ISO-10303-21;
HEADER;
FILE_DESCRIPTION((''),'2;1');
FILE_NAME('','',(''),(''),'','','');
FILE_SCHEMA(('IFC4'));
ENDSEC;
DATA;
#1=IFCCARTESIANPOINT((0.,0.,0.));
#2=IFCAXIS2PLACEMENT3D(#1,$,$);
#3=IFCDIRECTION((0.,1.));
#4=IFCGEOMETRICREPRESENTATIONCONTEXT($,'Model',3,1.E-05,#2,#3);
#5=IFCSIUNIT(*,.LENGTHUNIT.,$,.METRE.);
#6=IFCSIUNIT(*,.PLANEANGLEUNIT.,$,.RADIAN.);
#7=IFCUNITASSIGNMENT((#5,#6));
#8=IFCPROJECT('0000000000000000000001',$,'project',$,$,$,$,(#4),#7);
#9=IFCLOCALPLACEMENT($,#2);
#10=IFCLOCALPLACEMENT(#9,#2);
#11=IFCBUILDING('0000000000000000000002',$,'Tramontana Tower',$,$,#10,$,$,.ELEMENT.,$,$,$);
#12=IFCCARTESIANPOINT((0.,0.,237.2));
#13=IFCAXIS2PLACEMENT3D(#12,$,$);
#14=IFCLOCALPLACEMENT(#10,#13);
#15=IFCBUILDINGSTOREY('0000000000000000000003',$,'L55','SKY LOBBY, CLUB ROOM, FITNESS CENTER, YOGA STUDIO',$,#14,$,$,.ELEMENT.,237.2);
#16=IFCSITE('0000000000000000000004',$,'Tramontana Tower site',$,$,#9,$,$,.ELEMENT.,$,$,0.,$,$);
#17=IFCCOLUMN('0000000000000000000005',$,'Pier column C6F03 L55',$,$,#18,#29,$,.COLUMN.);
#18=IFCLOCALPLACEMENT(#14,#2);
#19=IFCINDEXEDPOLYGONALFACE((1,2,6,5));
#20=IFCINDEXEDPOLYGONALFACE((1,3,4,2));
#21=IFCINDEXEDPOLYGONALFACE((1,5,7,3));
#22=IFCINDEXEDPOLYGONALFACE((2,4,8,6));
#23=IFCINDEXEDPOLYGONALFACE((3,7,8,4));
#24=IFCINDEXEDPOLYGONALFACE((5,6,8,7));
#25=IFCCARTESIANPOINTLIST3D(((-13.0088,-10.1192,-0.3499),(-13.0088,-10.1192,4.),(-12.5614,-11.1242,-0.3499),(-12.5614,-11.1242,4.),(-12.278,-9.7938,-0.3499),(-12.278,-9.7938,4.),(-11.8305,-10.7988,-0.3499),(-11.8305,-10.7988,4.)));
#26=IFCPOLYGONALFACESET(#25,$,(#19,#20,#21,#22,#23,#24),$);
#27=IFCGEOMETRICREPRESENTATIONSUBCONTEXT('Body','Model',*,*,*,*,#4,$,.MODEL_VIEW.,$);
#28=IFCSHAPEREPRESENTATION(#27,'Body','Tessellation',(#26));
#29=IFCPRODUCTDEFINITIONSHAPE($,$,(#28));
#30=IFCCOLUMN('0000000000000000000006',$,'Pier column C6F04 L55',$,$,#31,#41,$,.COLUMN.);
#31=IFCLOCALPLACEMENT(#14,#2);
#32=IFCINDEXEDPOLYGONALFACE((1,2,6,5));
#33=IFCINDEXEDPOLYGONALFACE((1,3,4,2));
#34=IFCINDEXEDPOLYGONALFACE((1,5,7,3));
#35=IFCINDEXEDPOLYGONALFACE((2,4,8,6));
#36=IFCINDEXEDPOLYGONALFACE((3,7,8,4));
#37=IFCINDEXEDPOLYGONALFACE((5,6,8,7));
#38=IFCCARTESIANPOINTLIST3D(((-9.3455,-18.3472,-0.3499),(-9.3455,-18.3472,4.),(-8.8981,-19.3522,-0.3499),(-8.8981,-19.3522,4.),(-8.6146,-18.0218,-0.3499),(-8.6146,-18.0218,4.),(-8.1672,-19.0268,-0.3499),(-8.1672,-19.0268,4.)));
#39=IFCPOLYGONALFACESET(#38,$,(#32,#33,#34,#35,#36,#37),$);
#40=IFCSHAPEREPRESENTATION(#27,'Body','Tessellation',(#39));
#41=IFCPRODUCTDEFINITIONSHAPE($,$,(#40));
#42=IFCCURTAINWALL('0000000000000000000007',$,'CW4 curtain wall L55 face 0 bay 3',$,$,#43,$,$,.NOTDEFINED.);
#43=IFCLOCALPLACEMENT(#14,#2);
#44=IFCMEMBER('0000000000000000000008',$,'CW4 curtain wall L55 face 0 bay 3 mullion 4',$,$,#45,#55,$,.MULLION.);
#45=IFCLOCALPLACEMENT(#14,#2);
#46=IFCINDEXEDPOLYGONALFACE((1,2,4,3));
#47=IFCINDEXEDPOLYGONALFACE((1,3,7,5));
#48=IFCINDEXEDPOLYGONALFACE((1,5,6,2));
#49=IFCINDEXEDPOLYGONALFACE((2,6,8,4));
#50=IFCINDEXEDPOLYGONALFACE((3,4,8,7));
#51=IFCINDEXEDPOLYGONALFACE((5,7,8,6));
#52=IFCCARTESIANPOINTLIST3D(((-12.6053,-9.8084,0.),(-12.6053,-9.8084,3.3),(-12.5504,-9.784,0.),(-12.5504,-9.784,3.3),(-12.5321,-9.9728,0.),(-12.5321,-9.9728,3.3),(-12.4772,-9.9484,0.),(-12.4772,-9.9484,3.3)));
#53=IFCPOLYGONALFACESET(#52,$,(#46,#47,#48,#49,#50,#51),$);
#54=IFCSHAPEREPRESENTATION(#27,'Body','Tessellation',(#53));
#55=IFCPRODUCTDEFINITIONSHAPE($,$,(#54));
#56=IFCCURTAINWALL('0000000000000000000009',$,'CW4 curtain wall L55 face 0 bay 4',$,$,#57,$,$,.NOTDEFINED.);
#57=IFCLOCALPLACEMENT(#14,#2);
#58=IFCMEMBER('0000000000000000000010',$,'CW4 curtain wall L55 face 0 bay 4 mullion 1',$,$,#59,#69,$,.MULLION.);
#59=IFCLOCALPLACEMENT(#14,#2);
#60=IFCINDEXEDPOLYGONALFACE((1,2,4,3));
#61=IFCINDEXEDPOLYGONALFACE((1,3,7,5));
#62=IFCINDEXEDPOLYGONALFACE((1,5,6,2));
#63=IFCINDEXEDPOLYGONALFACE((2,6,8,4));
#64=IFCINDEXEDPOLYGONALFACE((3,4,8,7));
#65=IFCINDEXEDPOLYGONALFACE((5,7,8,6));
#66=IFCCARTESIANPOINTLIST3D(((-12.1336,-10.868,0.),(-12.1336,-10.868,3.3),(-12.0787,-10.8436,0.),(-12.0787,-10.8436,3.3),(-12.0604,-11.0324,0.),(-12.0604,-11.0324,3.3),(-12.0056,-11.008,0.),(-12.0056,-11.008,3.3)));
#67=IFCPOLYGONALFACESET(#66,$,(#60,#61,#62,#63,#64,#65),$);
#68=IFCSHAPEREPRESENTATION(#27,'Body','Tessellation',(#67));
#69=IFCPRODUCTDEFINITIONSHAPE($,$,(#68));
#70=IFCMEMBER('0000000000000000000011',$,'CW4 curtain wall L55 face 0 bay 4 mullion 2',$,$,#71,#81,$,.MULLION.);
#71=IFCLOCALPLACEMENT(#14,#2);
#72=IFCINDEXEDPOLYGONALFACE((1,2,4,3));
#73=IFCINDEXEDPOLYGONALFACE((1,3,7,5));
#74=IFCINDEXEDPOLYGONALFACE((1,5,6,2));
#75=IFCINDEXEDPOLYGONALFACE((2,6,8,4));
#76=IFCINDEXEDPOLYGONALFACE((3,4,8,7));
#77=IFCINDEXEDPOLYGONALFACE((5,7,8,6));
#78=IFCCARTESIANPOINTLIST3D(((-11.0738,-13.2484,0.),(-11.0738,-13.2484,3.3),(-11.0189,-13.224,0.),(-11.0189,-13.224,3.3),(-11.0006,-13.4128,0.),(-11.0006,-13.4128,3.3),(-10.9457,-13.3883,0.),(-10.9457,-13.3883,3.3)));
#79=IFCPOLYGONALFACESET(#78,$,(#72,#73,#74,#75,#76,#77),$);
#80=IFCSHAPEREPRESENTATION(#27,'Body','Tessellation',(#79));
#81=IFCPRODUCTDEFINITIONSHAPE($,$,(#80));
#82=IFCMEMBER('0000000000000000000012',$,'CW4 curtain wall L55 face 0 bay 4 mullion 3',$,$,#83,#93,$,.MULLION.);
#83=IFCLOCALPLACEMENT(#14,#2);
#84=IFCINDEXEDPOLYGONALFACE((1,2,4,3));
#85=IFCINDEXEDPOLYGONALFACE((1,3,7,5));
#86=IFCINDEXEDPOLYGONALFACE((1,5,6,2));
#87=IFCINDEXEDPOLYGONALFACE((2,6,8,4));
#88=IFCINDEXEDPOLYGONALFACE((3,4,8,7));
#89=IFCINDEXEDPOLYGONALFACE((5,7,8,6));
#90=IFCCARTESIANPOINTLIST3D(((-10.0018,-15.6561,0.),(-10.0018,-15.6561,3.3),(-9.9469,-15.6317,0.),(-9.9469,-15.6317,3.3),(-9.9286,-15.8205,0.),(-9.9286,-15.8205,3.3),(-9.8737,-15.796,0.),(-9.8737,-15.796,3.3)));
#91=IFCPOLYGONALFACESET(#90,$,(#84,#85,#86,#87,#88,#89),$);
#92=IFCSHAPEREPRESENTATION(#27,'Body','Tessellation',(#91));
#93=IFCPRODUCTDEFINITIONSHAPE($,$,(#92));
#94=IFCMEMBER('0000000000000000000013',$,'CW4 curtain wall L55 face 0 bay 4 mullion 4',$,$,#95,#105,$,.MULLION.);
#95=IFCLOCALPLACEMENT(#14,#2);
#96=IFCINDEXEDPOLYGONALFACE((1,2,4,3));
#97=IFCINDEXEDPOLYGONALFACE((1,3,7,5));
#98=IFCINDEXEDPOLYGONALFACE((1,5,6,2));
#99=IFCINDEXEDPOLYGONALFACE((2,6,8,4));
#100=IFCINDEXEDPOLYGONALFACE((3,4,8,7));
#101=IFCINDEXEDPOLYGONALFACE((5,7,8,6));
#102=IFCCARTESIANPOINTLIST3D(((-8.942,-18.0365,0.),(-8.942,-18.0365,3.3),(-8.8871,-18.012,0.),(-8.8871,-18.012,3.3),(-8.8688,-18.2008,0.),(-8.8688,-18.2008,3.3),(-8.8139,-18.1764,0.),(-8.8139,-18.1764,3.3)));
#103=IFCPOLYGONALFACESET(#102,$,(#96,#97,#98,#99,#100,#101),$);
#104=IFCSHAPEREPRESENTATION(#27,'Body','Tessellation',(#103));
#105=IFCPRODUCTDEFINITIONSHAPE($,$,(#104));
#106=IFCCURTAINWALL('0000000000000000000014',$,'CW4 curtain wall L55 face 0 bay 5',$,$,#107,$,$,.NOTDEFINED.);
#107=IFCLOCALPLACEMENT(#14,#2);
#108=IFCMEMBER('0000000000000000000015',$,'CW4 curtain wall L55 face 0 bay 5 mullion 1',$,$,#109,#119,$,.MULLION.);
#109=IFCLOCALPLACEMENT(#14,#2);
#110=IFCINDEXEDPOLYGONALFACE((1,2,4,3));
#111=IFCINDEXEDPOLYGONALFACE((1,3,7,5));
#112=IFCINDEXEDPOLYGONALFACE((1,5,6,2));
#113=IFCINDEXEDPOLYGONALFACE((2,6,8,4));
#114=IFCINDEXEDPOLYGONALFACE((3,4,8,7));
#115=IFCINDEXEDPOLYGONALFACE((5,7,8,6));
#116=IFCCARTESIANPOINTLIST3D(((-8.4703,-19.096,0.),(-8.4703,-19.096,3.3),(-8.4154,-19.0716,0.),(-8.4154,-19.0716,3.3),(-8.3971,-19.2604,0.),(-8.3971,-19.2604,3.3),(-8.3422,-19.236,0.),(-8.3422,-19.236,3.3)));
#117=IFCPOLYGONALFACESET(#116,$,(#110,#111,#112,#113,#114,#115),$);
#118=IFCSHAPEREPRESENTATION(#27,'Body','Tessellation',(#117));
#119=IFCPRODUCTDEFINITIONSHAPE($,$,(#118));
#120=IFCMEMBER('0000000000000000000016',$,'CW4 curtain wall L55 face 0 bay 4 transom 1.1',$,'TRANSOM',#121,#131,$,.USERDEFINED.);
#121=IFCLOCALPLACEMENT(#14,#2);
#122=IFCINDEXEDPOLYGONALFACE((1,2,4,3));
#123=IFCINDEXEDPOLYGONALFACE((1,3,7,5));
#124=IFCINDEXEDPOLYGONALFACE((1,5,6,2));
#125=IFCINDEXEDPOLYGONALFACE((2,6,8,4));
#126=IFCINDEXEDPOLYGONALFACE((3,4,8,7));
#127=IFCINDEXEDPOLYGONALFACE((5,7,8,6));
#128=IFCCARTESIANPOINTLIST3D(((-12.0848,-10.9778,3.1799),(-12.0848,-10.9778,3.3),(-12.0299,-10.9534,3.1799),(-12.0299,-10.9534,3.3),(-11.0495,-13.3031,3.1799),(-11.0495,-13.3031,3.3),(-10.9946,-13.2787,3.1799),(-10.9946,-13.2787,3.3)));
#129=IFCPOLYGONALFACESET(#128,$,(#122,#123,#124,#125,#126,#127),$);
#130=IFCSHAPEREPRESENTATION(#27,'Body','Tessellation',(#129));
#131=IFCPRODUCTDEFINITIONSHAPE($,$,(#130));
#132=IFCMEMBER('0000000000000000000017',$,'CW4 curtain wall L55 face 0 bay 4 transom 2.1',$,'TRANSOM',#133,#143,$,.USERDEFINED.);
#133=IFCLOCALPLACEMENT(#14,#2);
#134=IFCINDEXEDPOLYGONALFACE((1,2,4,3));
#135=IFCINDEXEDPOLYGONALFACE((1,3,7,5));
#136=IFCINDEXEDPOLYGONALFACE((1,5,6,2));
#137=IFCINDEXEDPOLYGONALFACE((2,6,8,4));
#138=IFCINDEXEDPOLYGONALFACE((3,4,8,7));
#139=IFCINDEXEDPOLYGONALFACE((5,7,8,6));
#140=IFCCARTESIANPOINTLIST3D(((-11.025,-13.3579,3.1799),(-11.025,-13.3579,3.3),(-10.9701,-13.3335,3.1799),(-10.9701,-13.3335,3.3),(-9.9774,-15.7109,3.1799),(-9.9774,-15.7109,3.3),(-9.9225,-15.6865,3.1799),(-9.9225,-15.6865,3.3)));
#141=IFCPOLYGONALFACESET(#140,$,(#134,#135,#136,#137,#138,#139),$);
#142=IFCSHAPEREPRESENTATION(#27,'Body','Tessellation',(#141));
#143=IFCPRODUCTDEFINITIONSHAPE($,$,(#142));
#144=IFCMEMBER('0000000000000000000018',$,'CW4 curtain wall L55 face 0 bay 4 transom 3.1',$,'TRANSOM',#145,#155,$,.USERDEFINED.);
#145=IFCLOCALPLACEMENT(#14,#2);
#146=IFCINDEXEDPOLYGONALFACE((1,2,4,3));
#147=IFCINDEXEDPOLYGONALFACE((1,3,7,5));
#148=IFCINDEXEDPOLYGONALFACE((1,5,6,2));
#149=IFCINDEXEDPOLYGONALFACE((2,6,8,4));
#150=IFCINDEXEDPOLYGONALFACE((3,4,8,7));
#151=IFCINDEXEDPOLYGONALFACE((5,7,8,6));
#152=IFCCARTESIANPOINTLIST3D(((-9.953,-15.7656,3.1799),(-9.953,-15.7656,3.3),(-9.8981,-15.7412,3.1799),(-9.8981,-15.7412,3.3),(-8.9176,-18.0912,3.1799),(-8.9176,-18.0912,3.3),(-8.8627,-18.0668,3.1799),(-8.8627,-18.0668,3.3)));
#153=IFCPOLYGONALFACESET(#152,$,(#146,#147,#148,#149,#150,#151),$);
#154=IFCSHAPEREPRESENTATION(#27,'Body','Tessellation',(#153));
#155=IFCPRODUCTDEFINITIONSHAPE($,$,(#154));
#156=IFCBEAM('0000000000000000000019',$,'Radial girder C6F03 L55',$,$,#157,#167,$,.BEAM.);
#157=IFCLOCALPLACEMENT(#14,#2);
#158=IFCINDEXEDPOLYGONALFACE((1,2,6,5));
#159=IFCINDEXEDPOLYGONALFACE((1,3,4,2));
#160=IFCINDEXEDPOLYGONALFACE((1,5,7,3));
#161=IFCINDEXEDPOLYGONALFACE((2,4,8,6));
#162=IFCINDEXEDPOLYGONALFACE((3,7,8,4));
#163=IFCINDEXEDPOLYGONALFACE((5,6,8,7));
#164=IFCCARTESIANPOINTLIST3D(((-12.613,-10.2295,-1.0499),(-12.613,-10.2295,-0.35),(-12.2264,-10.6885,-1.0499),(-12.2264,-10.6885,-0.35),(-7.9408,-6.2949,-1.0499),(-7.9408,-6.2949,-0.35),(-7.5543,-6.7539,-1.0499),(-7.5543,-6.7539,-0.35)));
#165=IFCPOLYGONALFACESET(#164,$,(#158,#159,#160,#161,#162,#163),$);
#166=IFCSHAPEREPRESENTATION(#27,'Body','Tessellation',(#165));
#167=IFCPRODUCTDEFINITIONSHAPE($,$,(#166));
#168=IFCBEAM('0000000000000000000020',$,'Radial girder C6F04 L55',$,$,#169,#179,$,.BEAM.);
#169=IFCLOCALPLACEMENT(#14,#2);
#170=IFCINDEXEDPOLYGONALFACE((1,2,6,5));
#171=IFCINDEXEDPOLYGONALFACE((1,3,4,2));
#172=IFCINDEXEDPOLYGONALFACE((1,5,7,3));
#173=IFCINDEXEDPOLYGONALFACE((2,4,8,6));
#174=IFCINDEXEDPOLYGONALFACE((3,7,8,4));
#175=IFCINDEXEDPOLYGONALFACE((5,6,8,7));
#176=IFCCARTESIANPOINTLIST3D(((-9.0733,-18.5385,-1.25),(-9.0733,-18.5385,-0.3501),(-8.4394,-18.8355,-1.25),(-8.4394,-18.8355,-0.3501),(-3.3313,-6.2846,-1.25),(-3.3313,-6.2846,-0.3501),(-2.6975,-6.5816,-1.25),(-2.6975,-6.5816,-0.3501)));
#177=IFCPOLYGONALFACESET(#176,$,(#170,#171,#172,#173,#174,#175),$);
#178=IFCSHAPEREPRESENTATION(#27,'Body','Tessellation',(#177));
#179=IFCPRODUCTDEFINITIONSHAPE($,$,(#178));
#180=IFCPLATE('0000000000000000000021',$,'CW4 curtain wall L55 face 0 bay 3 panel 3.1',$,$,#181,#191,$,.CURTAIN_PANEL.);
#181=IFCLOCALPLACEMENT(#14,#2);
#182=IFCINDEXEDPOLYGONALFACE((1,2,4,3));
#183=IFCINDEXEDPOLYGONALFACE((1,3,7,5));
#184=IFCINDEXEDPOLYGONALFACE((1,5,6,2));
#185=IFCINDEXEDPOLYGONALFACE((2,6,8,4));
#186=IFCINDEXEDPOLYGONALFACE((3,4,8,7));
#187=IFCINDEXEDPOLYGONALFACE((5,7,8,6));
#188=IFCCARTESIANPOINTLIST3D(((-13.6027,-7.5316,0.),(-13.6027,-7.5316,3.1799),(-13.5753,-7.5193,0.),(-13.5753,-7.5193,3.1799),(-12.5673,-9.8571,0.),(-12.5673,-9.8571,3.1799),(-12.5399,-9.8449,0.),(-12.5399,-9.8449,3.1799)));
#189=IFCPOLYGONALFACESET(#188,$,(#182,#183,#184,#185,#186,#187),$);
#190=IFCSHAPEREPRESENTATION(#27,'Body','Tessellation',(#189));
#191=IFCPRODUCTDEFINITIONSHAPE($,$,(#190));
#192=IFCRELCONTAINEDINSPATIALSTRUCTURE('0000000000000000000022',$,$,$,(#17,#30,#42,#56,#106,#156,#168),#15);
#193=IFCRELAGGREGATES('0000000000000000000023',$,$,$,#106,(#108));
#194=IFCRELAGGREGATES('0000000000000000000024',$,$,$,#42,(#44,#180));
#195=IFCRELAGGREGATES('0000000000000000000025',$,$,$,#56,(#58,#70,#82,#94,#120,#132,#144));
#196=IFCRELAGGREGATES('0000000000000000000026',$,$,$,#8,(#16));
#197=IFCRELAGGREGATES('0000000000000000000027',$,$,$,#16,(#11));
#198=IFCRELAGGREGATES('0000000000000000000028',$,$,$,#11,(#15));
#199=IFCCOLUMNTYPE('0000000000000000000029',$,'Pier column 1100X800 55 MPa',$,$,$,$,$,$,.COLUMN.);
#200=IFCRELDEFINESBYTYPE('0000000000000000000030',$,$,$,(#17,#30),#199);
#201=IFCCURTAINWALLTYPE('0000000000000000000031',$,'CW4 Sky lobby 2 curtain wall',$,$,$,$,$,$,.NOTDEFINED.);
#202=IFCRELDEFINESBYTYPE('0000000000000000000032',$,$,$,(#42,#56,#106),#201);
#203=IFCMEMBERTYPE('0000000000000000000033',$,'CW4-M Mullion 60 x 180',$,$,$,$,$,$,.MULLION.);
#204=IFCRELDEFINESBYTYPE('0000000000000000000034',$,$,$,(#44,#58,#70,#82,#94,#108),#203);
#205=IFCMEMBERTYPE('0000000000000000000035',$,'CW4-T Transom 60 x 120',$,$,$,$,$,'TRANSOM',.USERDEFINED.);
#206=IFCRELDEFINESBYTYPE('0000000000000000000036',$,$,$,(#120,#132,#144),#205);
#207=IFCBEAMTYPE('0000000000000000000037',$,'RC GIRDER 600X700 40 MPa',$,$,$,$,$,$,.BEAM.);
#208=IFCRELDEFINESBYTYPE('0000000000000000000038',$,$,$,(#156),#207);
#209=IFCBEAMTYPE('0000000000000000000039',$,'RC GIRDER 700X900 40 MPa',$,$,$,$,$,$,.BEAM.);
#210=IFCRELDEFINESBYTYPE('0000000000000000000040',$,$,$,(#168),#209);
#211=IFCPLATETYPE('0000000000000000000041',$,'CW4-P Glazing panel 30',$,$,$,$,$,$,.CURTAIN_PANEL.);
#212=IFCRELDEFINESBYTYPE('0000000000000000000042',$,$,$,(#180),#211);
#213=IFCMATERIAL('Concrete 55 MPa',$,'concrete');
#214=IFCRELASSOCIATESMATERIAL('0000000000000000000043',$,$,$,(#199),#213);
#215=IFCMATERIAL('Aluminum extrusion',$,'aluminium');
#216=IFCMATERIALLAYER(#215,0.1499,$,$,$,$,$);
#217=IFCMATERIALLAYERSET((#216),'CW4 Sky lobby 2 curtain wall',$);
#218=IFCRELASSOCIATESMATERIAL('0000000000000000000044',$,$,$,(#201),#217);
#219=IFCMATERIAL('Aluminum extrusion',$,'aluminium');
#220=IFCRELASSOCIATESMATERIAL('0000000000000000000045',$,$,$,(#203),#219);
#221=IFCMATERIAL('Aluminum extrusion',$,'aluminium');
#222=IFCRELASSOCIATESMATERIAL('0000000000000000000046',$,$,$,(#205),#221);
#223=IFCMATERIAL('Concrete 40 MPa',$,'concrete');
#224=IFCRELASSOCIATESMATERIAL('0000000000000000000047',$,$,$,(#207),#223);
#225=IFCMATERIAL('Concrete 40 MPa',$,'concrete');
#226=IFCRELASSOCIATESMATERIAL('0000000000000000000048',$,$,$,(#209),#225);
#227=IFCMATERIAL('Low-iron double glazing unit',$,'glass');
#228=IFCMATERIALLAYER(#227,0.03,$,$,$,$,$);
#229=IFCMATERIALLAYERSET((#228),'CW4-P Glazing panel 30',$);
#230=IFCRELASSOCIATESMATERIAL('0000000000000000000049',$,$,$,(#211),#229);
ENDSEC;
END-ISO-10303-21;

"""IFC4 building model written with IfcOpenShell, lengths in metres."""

from ifc_helpers import new_model, si_unit, direction, frame, origin, origin_2d, place, context, subcontext, project, spatial, rectangle, extrude, material, layer, layer_set, material_profile, profile_set, type_object, element, aggregate, save


model = new_model("IFC4")

# Units and contexts
model_context = context("Model", 3, precision=1e-05, world=origin(), true_north=direction((0.0, 1.0)))
body_context = subcontext(model_context, "Body", "Model", "MODEL_VIEW")
ifc_project = project(units=[si_unit("LENGTHUNIT", "METRE"), si_unit("PLANEANGLEUNIT", "RADIAN")], contexts=[model_context])

# Site, building, storey
site_placement = place(None, origin())
site = spatial("IfcSite", under=ifc_project, at=site_placement, Name="Tramontana Tower site", CompositionType="ELEMENT", RefElevation=0.0)
building_placement = place(site_placement, origin())
building = spatial("IfcBuilding", under=site, at=building_placement, Name="Tramontana Tower", CompositionType="ELEMENT")
storey_placement = place(building_placement, frame((0.0, 0.0, 237.2)))
storey = spatial("IfcBuildingStorey", under=building, at=storey_placement, Name="L55", Description="SKY LOBBY, CLUB ROOM, FITNESS CENTER, YOGA STUDIO", CompositionType="ELEMENT", Elevation=237.2)

# Columns
ifc_material_1 = material(Name="Concrete 55 MPa", Category="concrete")
ifc_material_profile_1 = material_profile(ifc_material_1, rectangle(XDim=1.1001, YDim=0.8, at=origin_2d()), Name="Pier column 1100X800 55 MPa")
ifc_profile_set_1 = profile_set([ifc_material_profile_1], Name="Concrete 55 MPa")
column_type = type_object("IfcColumnType", Name="Pier column 1100X800 55 MPa", PredefinedType="COLUMN", material=ifc_profile_set_1)
for number, where, z_axis, x_axis, name in (
    (1, (-12.4197, -10.459, -0.3499), (0.0, 0.0, 1.0), (0.406737, -0.913545, 0.0), "Pier column C6F03 L55"),
    (2, (-8.7563, -18.687, -0.3499), (0.0, 0.0, 1.0), (0.406737, -0.913545, 0.0), "Pier column C6F04 L55"),
):
    element("IfcColumn", number, at=place(storey_placement, frame(where, z_axis=z_axis, x_axis=x_axis)), inside=storey, type_object=column_type, Name=name, PredefinedType="COLUMN", context=body_context, shape_type="SweptSolid", body=[
        extrude(rectangle(XDim=1.1001, YDim=0.8, at=origin_2d()), origin(), (0.0, 0.0, 1.0), 4.3499),
    ])

# Curtain wall, member
ifc_material_2 = material(Name="Aluminum extrusion", Category="aluminium")
ifc_layer_1 = layer(ifc_material_2, 0.1499)
ifc_layer_set_1 = layer_set([ifc_layer_1], Name="CW4 Sky lobby 2 curtain wall")
curtain_wall_type = type_object("IfcCurtainWallType", Name="CW4 Sky lobby 2 curtain wall", PredefinedType="NOTDEFINED", material=ifc_layer_set_1)
curtain_wall_1_placement = place(storey_placement, origin())
curtain_wall_1 = element("IfcCurtainWall", 3, at=curtain_wall_1_placement, inside=storey, type_object=curtain_wall_type, Name="CW4 curtain wall L55 face 0 bay 3", PredefinedType="NOTDEFINED")
ifc_material_3 = material(Name="Aluminum extrusion", Category="aluminium")
ifc_material_profile_2 = material_profile(ifc_material_3, rectangle(XDim=0.0601, YDim=0.1799, at=origin_2d()), Name="CW4-M Mullion 60 x 180")
ifc_profile_set_2 = profile_set([ifc_material_profile_2], Name="Aluminum extrusion")
member_type_1 = type_object("IfcMemberType", Name="CW4-M Mullion 60 x 180", PredefinedType="MULLION", material=ifc_profile_set_2)
member_1_placement = place(storey_placement, frame((-12.5413, -9.8784, 0.0), z_axis=(0.0, 0.0, 1.0), x_axis=(0.913545, 0.406737, 0.0)))
member_1 = element("IfcMember", 4, at=member_1_placement, type_object=member_type_1, Name="CW4 curtain wall L55 face 0 bay 3 mullion 4", PredefinedType="MULLION", context=body_context, shape_type="SweptSolid", body=[
    extrude(rectangle(XDim=0.0601, YDim=0.1799, at=origin_2d()), origin(), (0.0, 0.0, 1.0), 3.3),
])

# Curtain wall, members
curtain_wall_2_placement = place(storey_placement, origin())
curtain_wall_2 = element("IfcCurtainWall", 5, at=curtain_wall_2_placement, inside=storey, type_object=curtain_wall_type, Name="CW4 curtain wall L55 face 0 bay 4", PredefinedType="NOTDEFINED")
member_2_placement = place(storey_placement, frame((-12.0696, -10.938, 0.0), z_axis=(0.0, 0.0, 1.0), x_axis=(0.913545, 0.406737, 0.0)))
member_2 = element("IfcMember", 6, at=member_2_placement, type_object=member_type_1, Name="CW4 curtain wall L55 face 0 bay 4 mullion 1", PredefinedType="MULLION", context=body_context, shape_type="SweptSolid", body=[
    extrude(rectangle(XDim=0.0601, YDim=0.1799, at=origin_2d()), origin(), (0.0, 0.0, 1.0), 3.3),
])
member_3_placement = place(storey_placement, frame((-11.0098, -13.3184, 0.0), z_axis=(0.0, 0.0, 1.0), x_axis=(0.913545, 0.406737, 0.0)))
member_3 = element("IfcMember", 7, at=member_3_placement, type_object=member_type_1, Name="CW4 curtain wall L55 face 0 bay 4 mullion 2", PredefinedType="MULLION", context=body_context, shape_type="SweptSolid", body=[
    extrude(rectangle(XDim=0.0601, YDim=0.1799, at=origin_2d()), origin(), (0.0, 0.0, 1.0), 3.3),
])
member_4_placement = place(storey_placement, frame((-9.9377, -15.7261, 0.0), z_axis=(0.0, 0.0, 1.0), x_axis=(0.913545, 0.406737, 0.0)))
member_4 = element("IfcMember", 8, at=member_4_placement, type_object=member_type_1, Name="CW4 curtain wall L55 face 0 bay 4 mullion 3", PredefinedType="MULLION", context=body_context, shape_type="SweptSolid", body=[
    extrude(rectangle(XDim=0.0601, YDim=0.1799, at=origin_2d()), origin(), (0.0, 0.0, 1.0), 3.3),
])
member_5_placement = place(storey_placement, frame((-8.8779, -18.1064, 0.0), z_axis=(0.0, 0.0, 1.0), x_axis=(0.913545, 0.406737, 0.0)))
member_5 = element("IfcMember", 9, at=member_5_placement, type_object=member_type_1, Name="CW4 curtain wall L55 face 0 bay 4 mullion 4", PredefinedType="MULLION", context=body_context, shape_type="SweptSolid", body=[
    extrude(rectangle(XDim=0.0601, YDim=0.1799, at=origin_2d()), origin(), (0.0, 0.0, 1.0), 3.3),
])

# Curtain wall, member
curtain_wall_3_placement = place(storey_placement, origin())
curtain_wall_3 = element("IfcCurtainWall", 10, at=curtain_wall_3_placement, inside=storey, type_object=curtain_wall_type, Name="CW4 curtain wall L55 face 0 bay 5", PredefinedType="NOTDEFINED")
member_6_placement = place(storey_placement, frame((-8.4062, -19.166, 0.0), z_axis=(0.0, 0.0, 1.0), x_axis=(0.913545, 0.406737, 0.0)))
member_6 = element("IfcMember", 11, at=member_6_placement, type_object=member_type_1, Name="CW4 curtain wall L55 face 0 bay 5 mullion 1", PredefinedType="MULLION", context=body_context, shape_type="SweptSolid", body=[
    extrude(rectangle(XDim=0.0601, YDim=0.1799, at=origin_2d()), origin(), (0.0, 0.0, 1.0), 3.3),
])
aggregate(curtain_wall_3, [member_6])

# Members
ifc_material_4 = material(Name="Aluminum extrusion", Category="aluminium")
ifc_material_profile_3 = material_profile(ifc_material_4, rectangle(XDim=0.0601, YDim=0.1201, at=origin_2d()), Name="CW4-T Transom 60 x 120")
ifc_profile_set_3 = profile_set([ifc_material_profile_3], Name="Aluminum extrusion")
member_type_2 = type_object("IfcMemberType", Name="CW4-T Transom 60 x 120", ElementType="TRANSOM", PredefinedType="USERDEFINED", material=ifc_profile_set_3)
member_7_placement = place(storey_placement, frame((-12.0574, -10.9656, 3.24), z_axis=(0.406752, -0.913538, 0.0), x_axis=(0.913538, 0.406752, 0.0)))
member_7 = element("IfcMember", 12, at=member_7_placement, type_object=member_type_2, Name="CW4 curtain wall L55 face 0 bay 4 transom 1.1", ObjectType="TRANSOM", PredefinedType="USERDEFINED", context=body_context, shape_type="SweptSolid", body=[
    extrude(rectangle(XDim=0.0601, YDim=0.1201, at=origin_2d()), origin(), (0.0, 0.0, 1.0), 2.5454),
])
member_8_placement = place(storey_placement, frame((-10.9976, -13.3457, 3.24), z_axis=(0.406728, -0.913549, 0.0), x_axis=(0.913549, 0.406728, 0.0)))
member_8 = element("IfcMember", 13, at=member_8_placement, type_object=member_type_2, Name="CW4 curtain wall L55 face 0 bay 4 transom 2.1", ObjectType="TRANSOM", PredefinedType="USERDEFINED", context=body_context, shape_type="SweptSolid", body=[
    extrude(rectangle(XDim=0.0601, YDim=0.1201, at=origin_2d()), origin(), (0.0, 0.0, 1.0), 2.5757),
])
member_9_placement = place(storey_placement, frame((-9.9255, -15.7534, 3.24), z_axis=(0.406717, -0.913554, 0.0), x_axis=(0.913554, 0.406717, 0.0)))
member_9 = element("IfcMember", 14, at=member_9_placement, type_object=member_type_2, Name="CW4 curtain wall L55 face 0 bay 4 transom 3.1", ObjectType="TRANSOM", PredefinedType="USERDEFINED", context=body_context, shape_type="SweptSolid", body=[
    extrude(rectangle(XDim=0.0601, YDim=0.1201, at=origin_2d()), origin(), (0.0, 0.0, 1.0), 2.5457),
])

# Beams
ifc_material_5 = material(Name="Concrete 40 MPa", Category="concrete")
ifc_material_profile_4 = material_profile(ifc_material_5, rectangle(XDim=0.6001, YDim=0.7, at=origin_2d()), Name="RC GIRDER 600X700 40 MPa")
ifc_profile_set_4 = profile_set([ifc_material_profile_4], Name="Concrete 40 MPa")
beam_type_1 = type_object("IfcBeamType", Name="RC GIRDER 600X700 40 MPa", PredefinedType="BEAM", material=ifc_profile_set_4)
beam_1_placement = place(storey_placement, frame((-12.4197, -10.459, -0.7), z_axis=(0.764899, 0.644151, 0.0), x_axis=(-0.644151, 0.764899, 0.0)))
element("IfcBeam", 15, at=beam_1_placement, inside=storey, type_object=beam_type_1, Name="Radial girder C6F03 L55", PredefinedType="BEAM", context=body_context, shape_type="SweptSolid", body=[
    extrude(rectangle(XDim=0.6001, YDim=0.7, at=origin_2d()), origin(), (0.0, 0.0, 1.0), 6.1082),
])
ifc_material_6 = material(Name="Concrete 40 MPa", Category="concrete")
ifc_material_profile_5 = material_profile(ifc_material_6, rectangle(XDim=0.7, YDim=0.8999, at=origin_2d()), Name="RC GIRDER 700X900 40 MPa")
ifc_profile_set_5 = profile_set([ifc_material_profile_5], Name="Concrete 40 MPa")
beam_type_2 = type_object("IfcBeamType", Name="RC GIRDER 700X900 40 MPa", PredefinedType="BEAM", material=ifc_profile_set_5)
beam_2_placement = place(storey_placement, frame((-8.7563, -18.687, -0.8), z_axis=(0.424308, 0.905518, 0.0), x_axis=(-0.905518, 0.424308, 0.0)))
element("IfcBeam", 16, at=beam_2_placement, inside=storey, type_object=beam_type_2, Name="Radial girder C6F04 L55", PredefinedType="BEAM", context=body_context, shape_type="SweptSolid", body=[
    extrude(rectangle(XDim=0.7, YDim=0.8999, at=origin_2d()), origin(), (0.0, 0.0, 1.0), 13.5325),
])

# Plate
ifc_material_7 = material(Name="Low-iron double glazing unit", Category="glass")
ifc_layer_2 = layer(ifc_material_7, 0.03)
ifc_layer_set_2 = layer_set([ifc_layer_2], Name="CW4-P Glazing panel 30")
plate_type = type_object("IfcPlateType", Name="CW4-P Glazing panel 30", PredefinedType="CURTAIN_PANEL", material=ifc_layer_set_2)
plate_1_placement = place(storey_placement, frame((-13.0713, -8.6882, 0.0), z_axis=(0.0, 0.0, 1.0), x_axis=(0.406737, -0.913545, 0.0)))
plate_1 = element("IfcPlate", 17, at=plate_1_placement, type_object=plate_type, Name="CW4 curtain wall L55 face 0 bay 3 panel 3.1", PredefinedType="CURTAIN_PANEL", context=body_context, shape_type="SweptSolid", body=[
    extrude(rectangle(XDim=2.5457, YDim=0.03, at=origin_2d()), origin(), (0.0, 0.0, 1.0), 3.1799),
])
aggregate(curtain_wall_1, [member_1, plate_1])
aggregate(curtain_wall_2, [member_2, member_3, member_4, member_5, member_7, member_8, member_9])

save(model, "model.ifc")
